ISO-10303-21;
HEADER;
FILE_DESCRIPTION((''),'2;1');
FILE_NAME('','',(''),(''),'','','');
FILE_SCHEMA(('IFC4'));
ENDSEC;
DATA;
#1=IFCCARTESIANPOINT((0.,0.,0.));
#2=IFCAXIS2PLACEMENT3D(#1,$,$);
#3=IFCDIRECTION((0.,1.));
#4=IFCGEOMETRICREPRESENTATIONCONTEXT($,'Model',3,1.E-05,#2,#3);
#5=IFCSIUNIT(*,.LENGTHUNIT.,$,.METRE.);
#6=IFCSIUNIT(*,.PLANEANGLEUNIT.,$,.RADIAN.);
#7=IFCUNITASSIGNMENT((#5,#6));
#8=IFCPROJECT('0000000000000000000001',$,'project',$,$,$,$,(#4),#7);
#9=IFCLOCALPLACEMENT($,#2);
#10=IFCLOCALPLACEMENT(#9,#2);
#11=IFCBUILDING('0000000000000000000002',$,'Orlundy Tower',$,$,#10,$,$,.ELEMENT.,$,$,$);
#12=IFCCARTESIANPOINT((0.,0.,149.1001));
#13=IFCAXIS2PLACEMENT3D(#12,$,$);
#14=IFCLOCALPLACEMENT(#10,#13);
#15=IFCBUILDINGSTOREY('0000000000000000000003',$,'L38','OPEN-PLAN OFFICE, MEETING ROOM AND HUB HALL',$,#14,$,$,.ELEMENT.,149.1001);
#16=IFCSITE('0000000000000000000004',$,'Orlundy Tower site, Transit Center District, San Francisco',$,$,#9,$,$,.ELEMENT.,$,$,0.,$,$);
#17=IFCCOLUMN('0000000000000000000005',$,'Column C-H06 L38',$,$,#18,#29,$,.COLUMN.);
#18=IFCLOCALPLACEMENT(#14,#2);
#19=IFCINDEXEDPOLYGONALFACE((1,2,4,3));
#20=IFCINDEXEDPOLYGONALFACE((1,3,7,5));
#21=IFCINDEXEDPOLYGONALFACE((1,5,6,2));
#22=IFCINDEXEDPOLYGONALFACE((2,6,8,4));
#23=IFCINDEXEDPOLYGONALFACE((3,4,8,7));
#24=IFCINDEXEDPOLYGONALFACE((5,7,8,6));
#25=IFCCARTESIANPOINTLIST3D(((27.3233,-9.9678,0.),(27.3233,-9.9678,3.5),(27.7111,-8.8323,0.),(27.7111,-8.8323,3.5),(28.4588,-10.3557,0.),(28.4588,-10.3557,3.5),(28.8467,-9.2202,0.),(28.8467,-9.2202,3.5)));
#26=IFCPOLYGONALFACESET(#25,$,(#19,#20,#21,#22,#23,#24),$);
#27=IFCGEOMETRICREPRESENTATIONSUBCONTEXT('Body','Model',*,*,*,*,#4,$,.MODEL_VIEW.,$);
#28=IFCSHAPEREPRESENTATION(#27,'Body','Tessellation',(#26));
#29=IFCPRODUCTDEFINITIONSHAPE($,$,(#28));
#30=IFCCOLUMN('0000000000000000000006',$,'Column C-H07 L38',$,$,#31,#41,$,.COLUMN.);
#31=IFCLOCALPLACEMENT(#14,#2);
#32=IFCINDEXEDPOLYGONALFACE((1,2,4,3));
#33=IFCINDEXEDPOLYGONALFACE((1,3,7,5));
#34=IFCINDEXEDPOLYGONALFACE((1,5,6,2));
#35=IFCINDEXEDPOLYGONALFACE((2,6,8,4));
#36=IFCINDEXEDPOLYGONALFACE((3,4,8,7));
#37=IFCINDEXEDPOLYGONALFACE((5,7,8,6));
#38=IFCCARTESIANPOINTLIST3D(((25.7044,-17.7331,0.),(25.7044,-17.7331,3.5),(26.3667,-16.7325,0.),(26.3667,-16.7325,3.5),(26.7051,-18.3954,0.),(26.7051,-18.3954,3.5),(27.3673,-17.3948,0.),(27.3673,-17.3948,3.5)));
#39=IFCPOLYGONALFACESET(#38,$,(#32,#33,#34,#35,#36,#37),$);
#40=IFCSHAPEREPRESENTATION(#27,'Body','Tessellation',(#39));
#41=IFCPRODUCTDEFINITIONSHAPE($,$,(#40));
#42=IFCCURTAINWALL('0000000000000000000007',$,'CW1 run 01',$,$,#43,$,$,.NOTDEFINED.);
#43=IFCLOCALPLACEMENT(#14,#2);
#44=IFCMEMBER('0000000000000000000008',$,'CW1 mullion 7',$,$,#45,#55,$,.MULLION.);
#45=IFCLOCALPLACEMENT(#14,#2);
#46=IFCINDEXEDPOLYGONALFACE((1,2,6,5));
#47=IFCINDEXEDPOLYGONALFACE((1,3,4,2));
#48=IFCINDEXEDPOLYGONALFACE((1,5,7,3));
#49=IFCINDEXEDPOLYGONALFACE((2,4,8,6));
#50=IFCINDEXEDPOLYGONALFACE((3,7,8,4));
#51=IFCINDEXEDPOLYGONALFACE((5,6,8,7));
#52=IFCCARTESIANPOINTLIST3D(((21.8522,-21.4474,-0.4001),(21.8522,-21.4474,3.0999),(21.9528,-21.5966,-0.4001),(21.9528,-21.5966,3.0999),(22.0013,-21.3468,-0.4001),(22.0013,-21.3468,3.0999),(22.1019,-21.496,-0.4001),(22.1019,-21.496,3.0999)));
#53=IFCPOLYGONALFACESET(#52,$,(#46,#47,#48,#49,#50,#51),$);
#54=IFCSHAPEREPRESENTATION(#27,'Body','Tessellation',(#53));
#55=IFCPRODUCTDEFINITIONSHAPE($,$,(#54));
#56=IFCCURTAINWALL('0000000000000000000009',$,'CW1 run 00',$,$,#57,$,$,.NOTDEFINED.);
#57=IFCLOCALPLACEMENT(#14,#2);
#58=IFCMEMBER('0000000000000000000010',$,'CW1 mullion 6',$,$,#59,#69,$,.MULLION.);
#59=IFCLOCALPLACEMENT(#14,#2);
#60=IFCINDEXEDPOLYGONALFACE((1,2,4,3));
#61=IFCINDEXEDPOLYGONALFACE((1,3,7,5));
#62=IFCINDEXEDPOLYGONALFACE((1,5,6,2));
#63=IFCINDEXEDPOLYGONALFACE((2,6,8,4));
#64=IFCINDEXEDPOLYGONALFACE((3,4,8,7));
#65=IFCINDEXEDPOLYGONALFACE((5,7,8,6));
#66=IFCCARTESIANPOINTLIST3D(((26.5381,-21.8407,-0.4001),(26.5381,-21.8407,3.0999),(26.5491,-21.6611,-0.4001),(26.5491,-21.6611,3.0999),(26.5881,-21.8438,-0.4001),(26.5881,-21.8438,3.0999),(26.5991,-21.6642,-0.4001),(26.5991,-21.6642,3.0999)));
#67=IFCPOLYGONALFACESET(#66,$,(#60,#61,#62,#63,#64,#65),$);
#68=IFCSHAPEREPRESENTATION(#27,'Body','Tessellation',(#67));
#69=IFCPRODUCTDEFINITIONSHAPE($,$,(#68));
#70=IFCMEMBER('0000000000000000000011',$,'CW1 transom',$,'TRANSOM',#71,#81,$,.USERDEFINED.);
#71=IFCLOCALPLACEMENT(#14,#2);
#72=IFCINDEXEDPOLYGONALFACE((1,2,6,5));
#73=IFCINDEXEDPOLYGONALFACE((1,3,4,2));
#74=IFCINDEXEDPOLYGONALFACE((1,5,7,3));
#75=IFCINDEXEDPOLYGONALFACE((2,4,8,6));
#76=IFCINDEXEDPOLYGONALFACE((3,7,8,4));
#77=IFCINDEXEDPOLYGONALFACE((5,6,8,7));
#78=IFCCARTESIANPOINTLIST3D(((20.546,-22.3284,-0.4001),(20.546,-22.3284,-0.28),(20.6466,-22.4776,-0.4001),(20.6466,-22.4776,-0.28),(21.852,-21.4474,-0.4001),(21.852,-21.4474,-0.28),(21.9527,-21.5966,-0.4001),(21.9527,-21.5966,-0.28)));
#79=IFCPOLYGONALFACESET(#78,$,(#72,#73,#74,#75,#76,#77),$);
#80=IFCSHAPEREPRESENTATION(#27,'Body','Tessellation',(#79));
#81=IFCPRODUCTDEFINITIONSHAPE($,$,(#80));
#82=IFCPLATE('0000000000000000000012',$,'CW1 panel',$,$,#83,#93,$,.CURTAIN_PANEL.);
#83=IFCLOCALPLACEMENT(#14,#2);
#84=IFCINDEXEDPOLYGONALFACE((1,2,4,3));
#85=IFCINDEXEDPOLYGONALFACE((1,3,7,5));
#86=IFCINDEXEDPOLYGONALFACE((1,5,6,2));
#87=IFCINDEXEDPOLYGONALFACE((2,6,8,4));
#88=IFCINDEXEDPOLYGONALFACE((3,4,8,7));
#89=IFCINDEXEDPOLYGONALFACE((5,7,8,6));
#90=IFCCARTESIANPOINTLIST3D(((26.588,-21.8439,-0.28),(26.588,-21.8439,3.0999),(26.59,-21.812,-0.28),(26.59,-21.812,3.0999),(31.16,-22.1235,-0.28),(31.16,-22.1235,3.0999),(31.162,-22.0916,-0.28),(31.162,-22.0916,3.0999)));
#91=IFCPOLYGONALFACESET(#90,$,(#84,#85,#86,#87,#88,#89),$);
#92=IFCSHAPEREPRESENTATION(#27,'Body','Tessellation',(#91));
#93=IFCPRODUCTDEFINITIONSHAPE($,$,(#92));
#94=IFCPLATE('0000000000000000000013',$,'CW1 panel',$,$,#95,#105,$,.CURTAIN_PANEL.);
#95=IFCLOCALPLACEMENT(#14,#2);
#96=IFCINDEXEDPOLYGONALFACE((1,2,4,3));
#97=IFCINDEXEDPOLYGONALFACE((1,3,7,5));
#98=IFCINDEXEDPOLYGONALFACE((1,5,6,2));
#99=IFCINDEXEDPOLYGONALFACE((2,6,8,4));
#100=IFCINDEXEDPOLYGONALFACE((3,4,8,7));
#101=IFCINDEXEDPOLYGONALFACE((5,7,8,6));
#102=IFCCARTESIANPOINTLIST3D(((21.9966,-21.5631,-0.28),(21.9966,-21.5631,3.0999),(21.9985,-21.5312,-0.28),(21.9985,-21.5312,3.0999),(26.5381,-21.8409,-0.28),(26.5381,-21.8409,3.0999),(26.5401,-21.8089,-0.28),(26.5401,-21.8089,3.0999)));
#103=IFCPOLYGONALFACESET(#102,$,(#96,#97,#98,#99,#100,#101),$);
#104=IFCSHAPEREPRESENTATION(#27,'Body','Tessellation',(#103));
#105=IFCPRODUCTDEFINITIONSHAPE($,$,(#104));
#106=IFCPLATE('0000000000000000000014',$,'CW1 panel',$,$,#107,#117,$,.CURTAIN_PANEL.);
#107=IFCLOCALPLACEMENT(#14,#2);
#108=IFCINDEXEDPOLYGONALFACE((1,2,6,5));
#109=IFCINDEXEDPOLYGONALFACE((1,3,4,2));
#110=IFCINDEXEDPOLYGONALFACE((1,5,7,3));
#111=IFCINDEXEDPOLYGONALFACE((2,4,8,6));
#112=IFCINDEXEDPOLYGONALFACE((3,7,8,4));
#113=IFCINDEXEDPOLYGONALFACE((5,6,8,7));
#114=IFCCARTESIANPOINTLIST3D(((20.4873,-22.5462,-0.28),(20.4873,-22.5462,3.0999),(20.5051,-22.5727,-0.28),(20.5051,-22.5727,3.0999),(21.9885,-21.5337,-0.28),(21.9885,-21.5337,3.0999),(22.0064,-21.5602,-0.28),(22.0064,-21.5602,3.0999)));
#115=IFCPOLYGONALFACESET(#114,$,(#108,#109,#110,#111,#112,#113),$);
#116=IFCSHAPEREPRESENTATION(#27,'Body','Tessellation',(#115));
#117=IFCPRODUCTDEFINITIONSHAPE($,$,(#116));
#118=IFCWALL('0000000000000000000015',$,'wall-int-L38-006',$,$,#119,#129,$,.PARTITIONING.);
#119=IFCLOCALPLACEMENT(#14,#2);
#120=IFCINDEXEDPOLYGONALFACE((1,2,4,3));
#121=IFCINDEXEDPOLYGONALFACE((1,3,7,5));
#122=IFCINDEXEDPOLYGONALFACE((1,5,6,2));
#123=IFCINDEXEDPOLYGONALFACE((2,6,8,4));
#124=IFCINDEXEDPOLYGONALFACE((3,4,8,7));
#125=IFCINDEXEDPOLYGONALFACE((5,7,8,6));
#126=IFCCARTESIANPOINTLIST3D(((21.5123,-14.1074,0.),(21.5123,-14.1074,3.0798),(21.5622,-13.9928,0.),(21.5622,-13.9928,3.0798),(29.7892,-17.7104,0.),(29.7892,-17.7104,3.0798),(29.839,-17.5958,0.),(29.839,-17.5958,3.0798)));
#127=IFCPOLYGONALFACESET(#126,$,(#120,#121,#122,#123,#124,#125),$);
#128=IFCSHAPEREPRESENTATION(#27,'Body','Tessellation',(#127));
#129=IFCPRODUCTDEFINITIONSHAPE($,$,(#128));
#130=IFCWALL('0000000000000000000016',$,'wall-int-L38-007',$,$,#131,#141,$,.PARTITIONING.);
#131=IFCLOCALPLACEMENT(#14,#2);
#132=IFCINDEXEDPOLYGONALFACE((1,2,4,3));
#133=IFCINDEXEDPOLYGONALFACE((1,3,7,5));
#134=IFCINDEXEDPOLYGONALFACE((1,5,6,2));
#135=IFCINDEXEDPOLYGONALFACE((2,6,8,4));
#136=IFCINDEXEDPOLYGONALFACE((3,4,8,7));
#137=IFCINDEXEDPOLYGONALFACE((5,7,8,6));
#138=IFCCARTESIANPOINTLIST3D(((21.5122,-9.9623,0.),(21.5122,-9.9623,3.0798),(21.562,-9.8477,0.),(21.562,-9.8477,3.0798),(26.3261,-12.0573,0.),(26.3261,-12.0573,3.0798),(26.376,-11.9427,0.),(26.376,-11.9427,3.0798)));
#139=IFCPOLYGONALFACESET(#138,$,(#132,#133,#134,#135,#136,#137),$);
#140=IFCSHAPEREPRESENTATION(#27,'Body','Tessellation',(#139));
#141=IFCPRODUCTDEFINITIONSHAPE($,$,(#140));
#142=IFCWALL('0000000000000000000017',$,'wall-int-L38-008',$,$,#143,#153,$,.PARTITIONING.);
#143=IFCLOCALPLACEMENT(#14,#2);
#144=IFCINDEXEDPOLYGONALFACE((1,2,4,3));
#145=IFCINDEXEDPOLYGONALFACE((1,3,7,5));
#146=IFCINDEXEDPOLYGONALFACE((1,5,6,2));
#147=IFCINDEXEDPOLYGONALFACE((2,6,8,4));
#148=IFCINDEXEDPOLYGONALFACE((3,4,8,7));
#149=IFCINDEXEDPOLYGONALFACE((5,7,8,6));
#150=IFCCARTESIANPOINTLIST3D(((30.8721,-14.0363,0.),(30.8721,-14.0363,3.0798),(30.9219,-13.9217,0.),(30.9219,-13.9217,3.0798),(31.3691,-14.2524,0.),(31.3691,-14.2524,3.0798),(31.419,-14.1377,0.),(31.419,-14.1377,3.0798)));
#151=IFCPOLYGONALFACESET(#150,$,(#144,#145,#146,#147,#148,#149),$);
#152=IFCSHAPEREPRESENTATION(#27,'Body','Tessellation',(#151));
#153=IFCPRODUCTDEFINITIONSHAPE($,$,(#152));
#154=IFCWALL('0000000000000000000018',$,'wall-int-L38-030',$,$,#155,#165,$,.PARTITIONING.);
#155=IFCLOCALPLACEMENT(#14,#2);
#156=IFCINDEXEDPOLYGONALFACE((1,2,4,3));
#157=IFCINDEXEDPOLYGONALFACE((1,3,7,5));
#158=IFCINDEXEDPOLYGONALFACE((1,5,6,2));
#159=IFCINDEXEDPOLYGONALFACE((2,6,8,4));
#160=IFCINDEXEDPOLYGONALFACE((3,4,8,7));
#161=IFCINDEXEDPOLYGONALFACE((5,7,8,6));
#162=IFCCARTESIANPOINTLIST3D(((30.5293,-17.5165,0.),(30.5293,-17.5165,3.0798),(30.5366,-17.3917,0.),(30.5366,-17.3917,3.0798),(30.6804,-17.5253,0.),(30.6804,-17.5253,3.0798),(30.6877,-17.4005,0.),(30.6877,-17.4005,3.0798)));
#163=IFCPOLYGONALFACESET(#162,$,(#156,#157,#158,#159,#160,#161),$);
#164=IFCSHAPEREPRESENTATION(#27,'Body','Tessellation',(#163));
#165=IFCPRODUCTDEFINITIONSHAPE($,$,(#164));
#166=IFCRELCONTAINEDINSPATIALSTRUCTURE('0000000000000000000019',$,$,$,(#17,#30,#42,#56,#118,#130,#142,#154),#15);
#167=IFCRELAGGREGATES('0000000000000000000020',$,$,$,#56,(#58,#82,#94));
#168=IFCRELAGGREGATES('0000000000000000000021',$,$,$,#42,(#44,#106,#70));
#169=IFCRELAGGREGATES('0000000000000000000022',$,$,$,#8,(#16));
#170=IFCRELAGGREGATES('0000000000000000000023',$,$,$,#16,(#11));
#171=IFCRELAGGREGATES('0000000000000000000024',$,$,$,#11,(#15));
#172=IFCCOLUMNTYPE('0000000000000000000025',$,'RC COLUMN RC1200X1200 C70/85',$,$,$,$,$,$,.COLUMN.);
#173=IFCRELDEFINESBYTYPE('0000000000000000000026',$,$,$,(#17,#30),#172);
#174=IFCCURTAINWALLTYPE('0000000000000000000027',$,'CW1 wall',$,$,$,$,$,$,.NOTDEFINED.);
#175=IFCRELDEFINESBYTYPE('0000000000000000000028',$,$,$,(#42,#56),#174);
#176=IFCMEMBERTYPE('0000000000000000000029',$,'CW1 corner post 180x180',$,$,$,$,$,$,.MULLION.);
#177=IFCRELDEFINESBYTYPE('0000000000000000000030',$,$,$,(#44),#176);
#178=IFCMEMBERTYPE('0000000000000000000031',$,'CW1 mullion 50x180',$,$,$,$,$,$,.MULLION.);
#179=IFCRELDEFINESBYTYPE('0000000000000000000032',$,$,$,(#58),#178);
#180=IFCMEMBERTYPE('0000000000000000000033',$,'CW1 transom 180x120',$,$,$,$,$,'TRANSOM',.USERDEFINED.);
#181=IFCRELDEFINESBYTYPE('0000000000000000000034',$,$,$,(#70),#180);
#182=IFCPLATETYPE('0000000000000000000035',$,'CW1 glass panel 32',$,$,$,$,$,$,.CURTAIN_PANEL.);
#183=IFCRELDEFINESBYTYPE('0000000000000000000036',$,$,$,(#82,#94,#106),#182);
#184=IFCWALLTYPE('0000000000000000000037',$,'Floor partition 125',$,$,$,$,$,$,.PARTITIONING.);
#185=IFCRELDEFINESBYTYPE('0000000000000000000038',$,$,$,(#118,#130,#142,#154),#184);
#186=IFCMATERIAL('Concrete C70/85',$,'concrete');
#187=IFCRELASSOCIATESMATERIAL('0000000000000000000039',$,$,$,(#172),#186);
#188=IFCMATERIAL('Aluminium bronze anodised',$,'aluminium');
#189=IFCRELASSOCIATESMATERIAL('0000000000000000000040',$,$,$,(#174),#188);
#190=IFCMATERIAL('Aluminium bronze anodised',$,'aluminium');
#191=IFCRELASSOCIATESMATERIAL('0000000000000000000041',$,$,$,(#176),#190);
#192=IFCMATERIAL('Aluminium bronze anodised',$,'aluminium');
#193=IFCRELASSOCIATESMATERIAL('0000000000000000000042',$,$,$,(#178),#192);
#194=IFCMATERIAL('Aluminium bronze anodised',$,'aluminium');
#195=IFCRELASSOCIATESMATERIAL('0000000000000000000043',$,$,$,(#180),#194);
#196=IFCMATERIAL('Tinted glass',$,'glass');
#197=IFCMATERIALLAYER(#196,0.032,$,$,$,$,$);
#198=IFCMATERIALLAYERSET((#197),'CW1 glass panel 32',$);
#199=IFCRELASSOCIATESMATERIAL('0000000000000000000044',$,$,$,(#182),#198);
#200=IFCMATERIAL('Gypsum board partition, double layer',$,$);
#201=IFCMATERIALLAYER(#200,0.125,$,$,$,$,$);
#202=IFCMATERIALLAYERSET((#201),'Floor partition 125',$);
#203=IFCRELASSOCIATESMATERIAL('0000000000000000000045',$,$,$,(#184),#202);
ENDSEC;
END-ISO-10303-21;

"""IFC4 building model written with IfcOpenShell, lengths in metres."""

from ifc_helpers import new_model, si_unit, direction, frame, frame_2d, origin, origin_2d, place, context, subcontext, project, spatial, rectangle, extrude, material, layer, layer_set, material_profile, profile_set, type_object, element, aggregate, save


model = new_model("IFC4")

# Units and contexts
model_context = context("Model", 3, precision=1e-05, world=origin(), true_north=direction((0.0, 1.0)))
body_context = subcontext(model_context, "Body", "Model", "MODEL_VIEW")
ifc_project = project(units=[si_unit("LENGTHUNIT", "METRE"), si_unit("PLANEANGLEUNIT", "RADIAN")], contexts=[model_context])

# Site, building, storey
site_placement = place(None, origin())
site = spatial("IfcSite", under=ifc_project, at=site_placement, Name="Orlundy Tower site, Transit Center District, San Francisco", CompositionType="ELEMENT", RefElevation=0.0)
building_placement = place(site_placement, origin())
building = spatial("IfcBuilding", under=site, at=building_placement, Name="Orlundy Tower", CompositionType="ELEMENT")
storey_placement = place(building_placement, frame((0.0, 0.0, 149.1001)))
storey = spatial("IfcBuildingStorey", under=building, at=storey_placement, Name="L38", Description="OPEN-PLAN OFFICE, MEETING ROOM AND HUB HALL", CompositionType="ELEMENT", Elevation=149.1001)

# Columns
ifc_material_1 = material(Name="Concrete C70/85", Category="concrete")
ifc_material_profile_1 = material_profile(ifc_material_1, rectangle(XDim=1.2, YDim=1.2, at=origin_2d()), Name="RC1200X1200")
ifc_profile_set_1 = profile_set([ifc_material_profile_1], Name="Concrete C70/85")
column_type = type_object("IfcColumnType", Name="RC COLUMN RC1200X1200 C70/85", PredefinedType="COLUMN", material=ifc_profile_set_1)
for number, where, z_axis, x_axis, name in (
    (1, (28.085, -9.594, 0.0), (0.0, 0.0, 1.0), (0.946311, -0.323257, 0.0), "Column C-H06 L38"),
    (2, (26.5359, -17.564, 0.0), (0.0, 0.0, 1.0), (0.833886, -0.551937, 0.0), "Column C-H07 L38"),
):
    element("IfcColumn", number, at=place(storey_placement, frame(where, z_axis=z_axis, x_axis=x_axis)), inside=storey, type_object=column_type, Name=name, PredefinedType="COLUMN", context=body_context, shape_type="SweptSolid", body=[
        extrude(rectangle(XDim=1.2, YDim=1.2, at=origin_2d()), origin(), (0.0, 0.0, 1.0), 3.5),
    ])

# Curtain walls, members
ifc_material_2 = material(Name="Aluminium bronze anodised", Category="aluminium")
curtain_wall_type = type_object("IfcCurtainWallType", Name="CW1 wall", PredefinedType="NOTDEFINED", material=ifc_material_2)
curtain_wall_1_placement = place(storey_placement, origin())
curtain_wall_1 = element("IfcCurtainWall", 3, at=curtain_wall_1_placement, inside=storey, type_object=curtain_wall_type, Name="CW1 run 01", PredefinedType="NOTDEFINED")
ifc_material_3 = material(Name="Aluminium bronze anodised", Category="aluminium")
ifc_material_profile_2 = material_profile(ifc_material_3, rectangle(XDim=0.1799, YDim=0.1799, at=origin_2d()), Name="CW1 corner post 180x180")
ifc_profile_set_2 = profile_set([ifc_material_profile_2], Name="Aluminium bronze anodised")
member_type_1 = type_object("IfcMemberType", Name="CW1 corner post 180x180", PredefinedType="MULLION", material=ifc_profile_set_2)
member_1_placement = place(storey_placement, frame((21.9771, -21.4717, -0.4001), z_axis=(0.0, 0.0, 1.0), x_axis=(0.559165, -0.829057, 0.0)))
member_1 = element("IfcMember", 4, at=member_1_placement, type_object=member_type_1, Name="CW1 mullion 7", PredefinedType="MULLION", context=body_context, shape_type="SweptSolid", body=[
    extrude(rectangle(XDim=0.1799, YDim=0.1799, at=origin_2d()), origin(), (0.0, 0.0, 1.0), 3.5),
])
curtain_wall_2_placement = place(storey_placement, origin())
curtain_wall_2 = element("IfcCurtainWall", 5, at=curtain_wall_2_placement, inside=storey, type_object=curtain_wall_type, Name="CW1 run 00", PredefinedType="NOTDEFINED")
ifc_material_4 = material(Name="Aluminium bronze anodised", Category="aluminium")
ifc_material_profile_3 = material_profile(ifc_material_4, rectangle(XDim=0.1799, YDim=0.05, at=origin_2d()), Name="CW1 mullion 50x180")
ifc_profile_set_3 = profile_set([ifc_material_profile_3], Name="Aluminium bronze anodised")
member_type_2 = type_object("IfcMemberType", Name="CW1 mullion 50x180", PredefinedType="MULLION", material=ifc_profile_set_3)
member_2_placement = place(storey_placement, frame((26.5686, -21.7524, -0.4001), z_axis=(0.0, 0.0, 1.0), x_axis=(-0.061043, -0.998135, 0.0)))
member_2 = element("IfcMember", 6, at=member_2_placement, type_object=member_type_2, Name="CW1 mullion 6", PredefinedType="MULLION", context=body_context, shape_type="SweptSolid", body=[
    extrude(rectangle(XDim=0.1799, YDim=0.05, at=origin_2d()), origin(), (0.0, 0.0, 1.0), 3.5),
])

# Member
ifc_material_5 = material(Name="Aluminium bronze anodised", Category="aluminium")
ifc_material_profile_4 = material_profile(ifc_material_5, rectangle(XDim=0.1799, YDim=0.1201, at=origin_2d()), Name="CW1 transom 180x120")
ifc_profile_set_4 = profile_set([ifc_material_profile_4], Name="Aluminium bronze anodised")
member_type_3 = type_object("IfcMemberType", Name="CW1 transom 180x120", ElementType="TRANSOM", PredefinedType="USERDEFINED", material=ifc_profile_set_4)
member_3_placement = place(storey_placement, frame((21.9023, -21.522, -0.3401), z_axis=(-0.82901, -0.559233, 0.0), x_axis=(0.559233, -0.82901, 0.0)))
member_3 = element("IfcMember", 7, at=member_3_placement, type_object=member_type_3, Name="CW1 transom", ObjectType="TRANSOM", PredefinedType="USERDEFINED", context=body_context, shape_type="SweptSolid", body=[
    extrude(rectangle(XDim=0.1799, YDim=0.1201, at=origin_2d()), origin(), (0.0, 0.0, 1.0), 1.5754),
])

# Plates
ifc_material_6 = material(Name="Tinted glass", Category="glass")
ifc_layer_1 = layer(ifc_material_6, 0.032)
ifc_layer_set_1 = layer_set([ifc_layer_1], Name="CW1 glass panel 32")
plate_type = type_object("IfcPlateType", Name="CW1 glass panel 32", PredefinedType="CURTAIN_PANEL", material=ifc_layer_set_1)
plate_1_placement = place(storey_placement, frame((28.875, -21.9678, -0.28), z_axis=(0.0, 0.0, 1.0), x_axis=(-0.998135, 0.061043, 0.0)))
plate_1 = element("IfcPlate", 8, at=plate_1_placement, type_object=plate_type, Name="CW1 panel", PredefinedType="CURTAIN_PANEL", context=body_context, shape_type="SweptSolid", body=[
    extrude(rectangle(XDim=4.5806, YDim=0.032, at=origin_2d()), origin(), (0.0, 0.0, 1.0), 3.3799),
])
plate_2_placement = place(storey_placement, frame((24.2683, -21.686, -0.28), z_axis=(0.0, 0.0, 1.0), x_axis=(-0.998135, 0.061043, 0.0)))
plate_2 = element("IfcPlate", 9, at=plate_2_placement, type_object=plate_type, Name="CW1 panel", PredefinedType="CURTAIN_PANEL", context=body_context, shape_type="SweptSolid", body=[
    extrude(rectangle(XDim=4.55, YDim=0.032, at=origin_2d()), origin(), (0.0, 0.0, 1.0), 3.3799),
])
aggregate(curtain_wall_2, [member_2, plate_1, plate_2])
plate_3_placement = place(storey_placement, frame((21.2468, -22.0532, -0.28), z_axis=(0.0, 0.0, 1.0), x_axis=(-0.829057, -0.559165, 0.0)))
plate_3 = element("IfcPlate", 10, at=plate_3_placement, type_object=plate_type, Name="CW1 panel", PredefinedType="CURTAIN_PANEL", context=body_context, shape_type="SweptSolid", body=[
    extrude(rectangle(XDim=1.8108, YDim=0.032, at=origin_2d()), origin(), (0.0, 0.0, 1.0), 3.3799),
])
aggregate(curtain_wall_1, [member_1, plate_3, member_3])

# Walls
ifc_material_7 = material(Name="Gypsum board partition, double layer")
ifc_layer_2 = layer(ifc_material_7, 0.125)
ifc_layer_set_2 = layer_set([ifc_layer_2], Name="Floor partition 125")
wall_type = type_object("IfcWallType", Name="Floor partition 125", PredefinedType="PARTITIONING", material=ifc_layer_set_2)
wall_1_placement = place(storey_placement, frame((21.5371, -14.05, 0.0), z_axis=(0.0, 0.0, 1.0), x_axis=(0.916892, -0.399135, 0.0)))
element("IfcWall", 11, at=wall_1_placement, inside=storey, type_object=wall_type, Name="wall-int-L38-006", PredefinedType="PARTITIONING", context=body_context, shape_type="SweptSolid", body=[
    extrude(rectangle(XDim=9.0271, YDim=0.125, at=frame_2d((4.5137, 0.0))), origin(), (0.0, 0.0, 1.0), 3.0798),
])
wall_2_placement = place(storey_placement, frame((21.5371, -9.905, 0.0), z_axis=(0.0, 0.0, 1.0), x_axis=(0.916935, -0.399037, 0.0)))
element("IfcWall", 12, at=wall_2_placement, inside=storey, type_object=wall_type, Name="wall-int-L38-007", PredefinedType="PARTITIONING", context=body_context, shape_type="SweptSolid", body=[
    extrude(rectangle(XDim=5.25, YDim=0.125, at=frame_2d((2.625, 0.0))), origin(), (0.0, 0.0, 1.0), 3.0798),
])
wall_3_placement = place(storey_placement, frame((30.897, -13.979, 0.0), z_axis=(0.0, 0.0, 1.0), x_axis=(0.917106, -0.398644, 0.0)))
element("IfcWall", 13, at=wall_3_placement, inside=storey, type_object=wall_type, Name="wall-int-L38-008", PredefinedType="PARTITIONING", context=body_context, shape_type="SweptSolid", body=[
    extrude(rectangle(XDim=0.542, YDim=0.125, at=frame_2d((0.271, 0.0))), origin(), (0.0, 0.0, 1.0), 3.0798),
])
wall_4_placement = place(storey_placement, frame((30.533, -17.4541, 0.0), z_axis=(0.0, 0.0, 1.0), x_axis=(0.998313, -0.05806, 0.0)))
element("IfcWall", 14, at=wall_4_placement, inside=storey, type_object=wall_type, Name="wall-int-L38-030", PredefinedType="PARTITIONING", context=body_context, shape_type="SweptSolid", body=[
    extrude(rectangle(XDim=0.1514, YDim=0.125, at=frame_2d((0.0757, 0.0))), origin(), (0.0, 0.0, 1.0), 3.0798),
])

save(model, "model.ifc")
